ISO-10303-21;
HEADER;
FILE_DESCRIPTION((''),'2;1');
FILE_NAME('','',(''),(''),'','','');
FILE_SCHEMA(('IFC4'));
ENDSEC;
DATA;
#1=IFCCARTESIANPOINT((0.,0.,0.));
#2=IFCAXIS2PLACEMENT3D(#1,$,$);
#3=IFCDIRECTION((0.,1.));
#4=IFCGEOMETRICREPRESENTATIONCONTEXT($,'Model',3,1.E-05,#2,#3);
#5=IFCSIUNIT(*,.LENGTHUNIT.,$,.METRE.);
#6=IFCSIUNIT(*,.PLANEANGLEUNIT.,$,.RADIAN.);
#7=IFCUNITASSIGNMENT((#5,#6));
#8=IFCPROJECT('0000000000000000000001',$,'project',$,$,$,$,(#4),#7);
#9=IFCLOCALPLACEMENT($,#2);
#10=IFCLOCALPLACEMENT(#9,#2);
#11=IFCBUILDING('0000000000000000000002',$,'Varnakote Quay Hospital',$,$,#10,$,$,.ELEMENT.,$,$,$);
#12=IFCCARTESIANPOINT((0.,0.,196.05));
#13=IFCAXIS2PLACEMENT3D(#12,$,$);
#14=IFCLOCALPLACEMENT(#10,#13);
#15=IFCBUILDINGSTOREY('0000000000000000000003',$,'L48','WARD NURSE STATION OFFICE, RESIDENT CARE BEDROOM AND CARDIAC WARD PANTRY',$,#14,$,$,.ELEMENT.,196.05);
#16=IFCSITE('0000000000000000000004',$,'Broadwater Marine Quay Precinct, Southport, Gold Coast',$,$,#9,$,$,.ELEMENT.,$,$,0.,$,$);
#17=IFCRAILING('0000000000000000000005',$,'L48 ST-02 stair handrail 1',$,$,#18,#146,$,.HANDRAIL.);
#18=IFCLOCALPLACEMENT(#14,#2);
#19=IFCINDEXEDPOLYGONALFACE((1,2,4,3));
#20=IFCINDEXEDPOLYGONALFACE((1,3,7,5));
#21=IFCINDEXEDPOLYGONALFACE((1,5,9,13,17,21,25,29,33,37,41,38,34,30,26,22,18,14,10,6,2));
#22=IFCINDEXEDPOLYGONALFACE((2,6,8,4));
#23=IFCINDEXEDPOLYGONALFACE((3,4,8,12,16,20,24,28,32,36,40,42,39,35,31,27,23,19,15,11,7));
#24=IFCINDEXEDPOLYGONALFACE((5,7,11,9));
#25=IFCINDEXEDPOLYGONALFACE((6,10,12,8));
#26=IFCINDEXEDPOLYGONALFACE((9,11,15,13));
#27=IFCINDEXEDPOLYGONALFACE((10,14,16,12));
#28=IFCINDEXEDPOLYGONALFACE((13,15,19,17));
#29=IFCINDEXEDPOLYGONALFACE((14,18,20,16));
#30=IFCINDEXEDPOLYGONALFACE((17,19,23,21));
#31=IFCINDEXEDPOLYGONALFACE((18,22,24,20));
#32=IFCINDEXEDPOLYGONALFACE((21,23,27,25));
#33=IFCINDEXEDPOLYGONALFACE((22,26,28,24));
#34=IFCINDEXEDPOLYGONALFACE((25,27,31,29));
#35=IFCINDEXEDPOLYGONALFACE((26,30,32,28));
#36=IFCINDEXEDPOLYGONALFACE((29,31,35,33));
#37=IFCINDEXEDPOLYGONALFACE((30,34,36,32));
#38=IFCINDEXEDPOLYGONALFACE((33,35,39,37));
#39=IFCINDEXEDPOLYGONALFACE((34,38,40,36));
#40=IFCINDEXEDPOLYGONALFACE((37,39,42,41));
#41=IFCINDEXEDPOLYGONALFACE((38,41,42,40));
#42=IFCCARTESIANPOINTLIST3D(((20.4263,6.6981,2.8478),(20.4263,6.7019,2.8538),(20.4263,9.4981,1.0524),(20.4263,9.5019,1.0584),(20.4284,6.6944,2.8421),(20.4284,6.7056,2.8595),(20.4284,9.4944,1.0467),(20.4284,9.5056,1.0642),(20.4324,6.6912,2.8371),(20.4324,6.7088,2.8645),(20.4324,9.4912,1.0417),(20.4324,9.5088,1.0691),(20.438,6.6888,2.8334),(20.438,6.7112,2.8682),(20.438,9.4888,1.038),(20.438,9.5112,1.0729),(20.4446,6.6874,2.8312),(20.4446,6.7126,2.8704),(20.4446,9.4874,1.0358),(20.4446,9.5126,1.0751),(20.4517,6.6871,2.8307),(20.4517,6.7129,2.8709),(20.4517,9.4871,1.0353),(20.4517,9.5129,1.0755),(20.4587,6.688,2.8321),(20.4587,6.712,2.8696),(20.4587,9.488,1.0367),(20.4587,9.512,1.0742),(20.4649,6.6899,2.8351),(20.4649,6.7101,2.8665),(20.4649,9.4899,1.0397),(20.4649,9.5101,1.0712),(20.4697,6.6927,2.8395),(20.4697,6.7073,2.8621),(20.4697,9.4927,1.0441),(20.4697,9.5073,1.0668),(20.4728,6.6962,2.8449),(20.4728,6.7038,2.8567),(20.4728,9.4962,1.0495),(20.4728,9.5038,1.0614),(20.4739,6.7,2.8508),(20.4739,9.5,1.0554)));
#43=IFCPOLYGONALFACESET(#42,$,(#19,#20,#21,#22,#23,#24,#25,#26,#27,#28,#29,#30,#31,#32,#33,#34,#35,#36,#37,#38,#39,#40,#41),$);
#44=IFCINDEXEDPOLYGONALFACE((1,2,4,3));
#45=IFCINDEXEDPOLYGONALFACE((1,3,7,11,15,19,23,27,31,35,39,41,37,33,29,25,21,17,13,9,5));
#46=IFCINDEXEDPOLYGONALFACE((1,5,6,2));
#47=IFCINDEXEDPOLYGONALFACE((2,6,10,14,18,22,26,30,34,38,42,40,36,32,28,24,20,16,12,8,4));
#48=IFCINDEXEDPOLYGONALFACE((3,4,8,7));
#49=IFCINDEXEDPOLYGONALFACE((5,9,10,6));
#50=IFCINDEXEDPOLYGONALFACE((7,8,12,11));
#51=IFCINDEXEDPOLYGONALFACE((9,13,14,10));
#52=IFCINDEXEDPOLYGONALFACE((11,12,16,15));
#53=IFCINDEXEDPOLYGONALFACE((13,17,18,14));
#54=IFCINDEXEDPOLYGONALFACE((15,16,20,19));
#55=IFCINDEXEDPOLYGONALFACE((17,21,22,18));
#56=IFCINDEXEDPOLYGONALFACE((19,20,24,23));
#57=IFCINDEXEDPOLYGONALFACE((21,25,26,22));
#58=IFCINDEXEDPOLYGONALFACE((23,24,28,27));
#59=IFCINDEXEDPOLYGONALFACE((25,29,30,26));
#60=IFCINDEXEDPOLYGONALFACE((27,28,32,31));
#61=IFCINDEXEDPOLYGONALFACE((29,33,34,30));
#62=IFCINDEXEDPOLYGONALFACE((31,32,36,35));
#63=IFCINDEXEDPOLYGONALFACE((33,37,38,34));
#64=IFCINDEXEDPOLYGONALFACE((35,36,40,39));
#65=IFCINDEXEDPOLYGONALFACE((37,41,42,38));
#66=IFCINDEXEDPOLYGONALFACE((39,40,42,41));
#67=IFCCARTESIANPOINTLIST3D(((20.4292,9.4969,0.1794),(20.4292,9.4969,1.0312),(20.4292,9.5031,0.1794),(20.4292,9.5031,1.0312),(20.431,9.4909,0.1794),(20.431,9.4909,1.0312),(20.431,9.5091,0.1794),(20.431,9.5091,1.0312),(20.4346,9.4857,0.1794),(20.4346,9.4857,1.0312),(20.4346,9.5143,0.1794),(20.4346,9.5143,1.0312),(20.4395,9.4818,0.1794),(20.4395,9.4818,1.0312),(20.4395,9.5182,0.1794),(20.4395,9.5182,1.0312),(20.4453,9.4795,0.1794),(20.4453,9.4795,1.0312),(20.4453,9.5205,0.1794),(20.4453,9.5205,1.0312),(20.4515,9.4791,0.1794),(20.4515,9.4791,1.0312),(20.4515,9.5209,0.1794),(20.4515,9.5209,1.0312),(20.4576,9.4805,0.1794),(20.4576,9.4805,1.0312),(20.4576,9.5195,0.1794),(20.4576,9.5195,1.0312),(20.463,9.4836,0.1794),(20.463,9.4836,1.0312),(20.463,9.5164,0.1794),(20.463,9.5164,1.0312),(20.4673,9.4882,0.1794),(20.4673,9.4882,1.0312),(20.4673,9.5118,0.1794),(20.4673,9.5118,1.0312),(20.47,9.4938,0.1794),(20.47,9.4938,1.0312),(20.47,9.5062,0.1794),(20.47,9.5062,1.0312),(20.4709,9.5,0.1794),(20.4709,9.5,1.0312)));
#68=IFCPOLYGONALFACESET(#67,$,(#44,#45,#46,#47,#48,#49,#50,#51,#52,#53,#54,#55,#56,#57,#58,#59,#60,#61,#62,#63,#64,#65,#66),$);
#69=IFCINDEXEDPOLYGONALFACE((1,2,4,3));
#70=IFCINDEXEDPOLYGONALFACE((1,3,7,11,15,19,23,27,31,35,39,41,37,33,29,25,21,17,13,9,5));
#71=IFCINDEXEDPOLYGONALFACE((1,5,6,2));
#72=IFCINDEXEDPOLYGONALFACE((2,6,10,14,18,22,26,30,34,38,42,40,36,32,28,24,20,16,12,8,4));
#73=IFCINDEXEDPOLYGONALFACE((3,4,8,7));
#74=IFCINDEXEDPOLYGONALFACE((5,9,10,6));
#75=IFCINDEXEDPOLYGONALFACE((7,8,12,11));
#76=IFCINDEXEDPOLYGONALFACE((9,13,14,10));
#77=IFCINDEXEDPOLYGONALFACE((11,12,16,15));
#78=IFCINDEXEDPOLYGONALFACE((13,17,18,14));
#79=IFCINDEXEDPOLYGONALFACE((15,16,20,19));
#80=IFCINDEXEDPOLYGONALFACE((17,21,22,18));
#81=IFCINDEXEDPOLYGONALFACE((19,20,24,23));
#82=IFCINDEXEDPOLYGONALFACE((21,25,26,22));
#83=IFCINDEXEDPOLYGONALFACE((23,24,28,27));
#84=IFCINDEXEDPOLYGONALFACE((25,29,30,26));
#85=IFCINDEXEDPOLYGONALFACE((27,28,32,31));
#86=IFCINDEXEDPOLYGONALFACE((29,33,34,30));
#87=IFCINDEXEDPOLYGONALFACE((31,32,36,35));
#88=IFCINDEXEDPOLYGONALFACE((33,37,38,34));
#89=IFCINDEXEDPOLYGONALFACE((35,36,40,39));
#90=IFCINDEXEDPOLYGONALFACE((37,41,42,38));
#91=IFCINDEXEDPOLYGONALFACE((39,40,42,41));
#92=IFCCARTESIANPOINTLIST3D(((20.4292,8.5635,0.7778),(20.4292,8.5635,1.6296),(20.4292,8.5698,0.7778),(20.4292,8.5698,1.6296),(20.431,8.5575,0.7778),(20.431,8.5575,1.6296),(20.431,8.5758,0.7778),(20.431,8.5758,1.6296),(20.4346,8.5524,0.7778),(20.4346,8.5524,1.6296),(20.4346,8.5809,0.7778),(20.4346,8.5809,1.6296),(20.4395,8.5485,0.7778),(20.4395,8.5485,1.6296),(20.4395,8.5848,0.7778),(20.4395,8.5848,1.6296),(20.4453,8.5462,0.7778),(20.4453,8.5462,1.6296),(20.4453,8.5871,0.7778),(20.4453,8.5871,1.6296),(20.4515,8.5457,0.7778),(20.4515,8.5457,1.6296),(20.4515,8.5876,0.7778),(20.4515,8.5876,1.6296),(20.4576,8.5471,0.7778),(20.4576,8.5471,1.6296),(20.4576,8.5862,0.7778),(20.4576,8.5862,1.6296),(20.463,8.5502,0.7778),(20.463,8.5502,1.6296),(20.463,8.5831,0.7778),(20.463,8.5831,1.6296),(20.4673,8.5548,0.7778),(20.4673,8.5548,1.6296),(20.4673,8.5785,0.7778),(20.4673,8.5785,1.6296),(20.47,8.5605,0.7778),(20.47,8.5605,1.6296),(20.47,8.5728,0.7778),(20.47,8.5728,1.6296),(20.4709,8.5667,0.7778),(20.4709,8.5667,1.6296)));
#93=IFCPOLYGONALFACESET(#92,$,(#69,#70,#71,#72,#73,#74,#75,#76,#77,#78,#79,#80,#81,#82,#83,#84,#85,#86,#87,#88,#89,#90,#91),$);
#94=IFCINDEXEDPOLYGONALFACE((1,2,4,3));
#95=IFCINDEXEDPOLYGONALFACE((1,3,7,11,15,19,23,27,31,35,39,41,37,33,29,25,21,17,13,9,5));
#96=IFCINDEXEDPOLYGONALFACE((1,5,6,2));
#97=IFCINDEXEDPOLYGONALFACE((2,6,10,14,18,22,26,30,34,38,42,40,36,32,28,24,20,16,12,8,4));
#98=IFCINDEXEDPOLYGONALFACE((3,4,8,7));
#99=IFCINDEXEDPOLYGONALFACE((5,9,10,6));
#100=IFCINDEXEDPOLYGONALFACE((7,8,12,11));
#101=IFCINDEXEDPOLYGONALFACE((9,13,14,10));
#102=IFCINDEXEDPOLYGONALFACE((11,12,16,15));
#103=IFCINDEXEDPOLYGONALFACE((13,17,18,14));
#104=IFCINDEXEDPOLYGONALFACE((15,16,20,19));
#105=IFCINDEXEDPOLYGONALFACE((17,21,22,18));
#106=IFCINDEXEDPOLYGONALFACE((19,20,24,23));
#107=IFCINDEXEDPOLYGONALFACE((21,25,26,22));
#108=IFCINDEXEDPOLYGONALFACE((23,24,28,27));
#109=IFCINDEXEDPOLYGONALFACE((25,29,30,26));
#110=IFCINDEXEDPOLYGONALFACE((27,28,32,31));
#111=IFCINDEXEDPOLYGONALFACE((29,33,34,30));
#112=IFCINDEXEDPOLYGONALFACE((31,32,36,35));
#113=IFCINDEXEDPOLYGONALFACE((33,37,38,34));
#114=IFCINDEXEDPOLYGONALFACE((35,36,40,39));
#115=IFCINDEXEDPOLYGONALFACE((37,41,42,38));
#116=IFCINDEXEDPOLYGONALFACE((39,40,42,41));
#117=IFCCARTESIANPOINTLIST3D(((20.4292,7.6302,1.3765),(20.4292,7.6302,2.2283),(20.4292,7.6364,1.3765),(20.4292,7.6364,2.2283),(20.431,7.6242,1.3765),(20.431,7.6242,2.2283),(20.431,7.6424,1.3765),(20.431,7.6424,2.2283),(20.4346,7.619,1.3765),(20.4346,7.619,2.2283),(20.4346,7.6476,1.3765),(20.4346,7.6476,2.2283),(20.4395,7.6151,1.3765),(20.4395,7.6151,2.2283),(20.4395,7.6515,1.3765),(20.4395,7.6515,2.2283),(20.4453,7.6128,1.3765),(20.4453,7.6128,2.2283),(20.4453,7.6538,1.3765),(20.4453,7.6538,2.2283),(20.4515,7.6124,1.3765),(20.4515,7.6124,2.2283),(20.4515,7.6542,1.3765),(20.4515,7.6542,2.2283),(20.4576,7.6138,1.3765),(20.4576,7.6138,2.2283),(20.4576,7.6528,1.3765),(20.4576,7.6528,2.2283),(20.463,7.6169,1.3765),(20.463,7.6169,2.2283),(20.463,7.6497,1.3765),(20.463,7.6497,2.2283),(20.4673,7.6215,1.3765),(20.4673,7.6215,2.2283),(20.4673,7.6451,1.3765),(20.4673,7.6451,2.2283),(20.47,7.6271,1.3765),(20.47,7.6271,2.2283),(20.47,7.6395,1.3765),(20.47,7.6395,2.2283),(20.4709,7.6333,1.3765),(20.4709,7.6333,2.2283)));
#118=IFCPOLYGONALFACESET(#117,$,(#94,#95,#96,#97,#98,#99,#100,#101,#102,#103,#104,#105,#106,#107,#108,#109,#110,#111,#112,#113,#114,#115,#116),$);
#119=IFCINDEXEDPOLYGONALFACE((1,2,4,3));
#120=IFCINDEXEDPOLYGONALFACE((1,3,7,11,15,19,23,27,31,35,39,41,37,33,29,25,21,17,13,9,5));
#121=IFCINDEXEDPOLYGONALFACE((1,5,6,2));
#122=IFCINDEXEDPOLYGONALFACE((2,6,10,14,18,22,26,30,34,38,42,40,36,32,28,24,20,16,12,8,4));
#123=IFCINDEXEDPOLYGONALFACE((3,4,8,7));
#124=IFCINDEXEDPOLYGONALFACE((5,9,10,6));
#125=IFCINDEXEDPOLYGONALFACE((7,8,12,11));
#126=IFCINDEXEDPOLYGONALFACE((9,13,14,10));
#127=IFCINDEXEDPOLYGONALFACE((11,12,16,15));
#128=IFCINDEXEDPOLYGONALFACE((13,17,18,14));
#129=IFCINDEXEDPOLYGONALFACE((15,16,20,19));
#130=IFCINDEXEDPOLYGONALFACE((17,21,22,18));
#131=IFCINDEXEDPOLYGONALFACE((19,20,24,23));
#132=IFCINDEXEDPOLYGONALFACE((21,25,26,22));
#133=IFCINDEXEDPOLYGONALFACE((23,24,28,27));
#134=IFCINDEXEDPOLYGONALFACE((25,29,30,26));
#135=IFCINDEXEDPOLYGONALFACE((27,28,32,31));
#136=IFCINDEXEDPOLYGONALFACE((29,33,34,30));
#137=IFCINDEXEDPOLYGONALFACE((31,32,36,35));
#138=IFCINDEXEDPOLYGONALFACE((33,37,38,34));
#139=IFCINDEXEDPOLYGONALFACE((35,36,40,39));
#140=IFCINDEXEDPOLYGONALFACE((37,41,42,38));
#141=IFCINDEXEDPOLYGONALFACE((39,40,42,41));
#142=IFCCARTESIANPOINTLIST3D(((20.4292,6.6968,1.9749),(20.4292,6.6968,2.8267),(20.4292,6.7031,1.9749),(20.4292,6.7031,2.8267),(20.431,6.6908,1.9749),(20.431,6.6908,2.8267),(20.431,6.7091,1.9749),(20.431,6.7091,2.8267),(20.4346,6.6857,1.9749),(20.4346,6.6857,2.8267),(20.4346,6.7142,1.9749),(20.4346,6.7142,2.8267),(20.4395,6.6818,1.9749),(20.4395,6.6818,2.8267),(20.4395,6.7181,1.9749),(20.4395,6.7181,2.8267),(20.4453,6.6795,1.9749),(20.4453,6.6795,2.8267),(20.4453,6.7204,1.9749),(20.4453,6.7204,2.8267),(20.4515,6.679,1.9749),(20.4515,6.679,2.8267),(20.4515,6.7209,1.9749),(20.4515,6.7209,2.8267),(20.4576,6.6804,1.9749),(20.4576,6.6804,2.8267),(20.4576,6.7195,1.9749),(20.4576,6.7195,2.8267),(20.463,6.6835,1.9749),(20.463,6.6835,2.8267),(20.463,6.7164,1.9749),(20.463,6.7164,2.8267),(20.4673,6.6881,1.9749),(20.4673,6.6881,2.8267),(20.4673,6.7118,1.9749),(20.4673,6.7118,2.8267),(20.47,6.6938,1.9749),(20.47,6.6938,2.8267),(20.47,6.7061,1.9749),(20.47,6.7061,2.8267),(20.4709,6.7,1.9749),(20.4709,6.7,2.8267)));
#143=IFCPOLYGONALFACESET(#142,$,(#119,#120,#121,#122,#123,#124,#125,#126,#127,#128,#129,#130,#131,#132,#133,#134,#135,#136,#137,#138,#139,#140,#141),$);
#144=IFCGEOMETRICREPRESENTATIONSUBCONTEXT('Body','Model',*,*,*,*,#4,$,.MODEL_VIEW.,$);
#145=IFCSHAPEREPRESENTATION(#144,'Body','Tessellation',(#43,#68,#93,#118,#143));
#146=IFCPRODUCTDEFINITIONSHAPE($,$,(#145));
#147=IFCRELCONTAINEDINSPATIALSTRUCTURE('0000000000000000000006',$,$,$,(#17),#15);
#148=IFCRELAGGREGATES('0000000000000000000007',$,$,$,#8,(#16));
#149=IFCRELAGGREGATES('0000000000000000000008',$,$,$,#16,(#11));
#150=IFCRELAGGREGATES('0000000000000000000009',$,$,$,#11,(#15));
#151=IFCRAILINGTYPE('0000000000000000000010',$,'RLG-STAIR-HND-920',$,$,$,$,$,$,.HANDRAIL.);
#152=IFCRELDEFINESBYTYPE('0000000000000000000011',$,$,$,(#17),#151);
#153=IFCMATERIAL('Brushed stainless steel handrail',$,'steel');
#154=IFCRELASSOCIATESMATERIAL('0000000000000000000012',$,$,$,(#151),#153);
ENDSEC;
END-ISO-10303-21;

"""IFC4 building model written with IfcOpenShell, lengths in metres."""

from ifc_helpers import new_model, si_unit, direction, frame, origin, origin_2d, place, context, subcontext, project, spatial, circle, extrude, material, type_object, element, save


model = new_model("IFC4")

# Units and contexts
model_context = context("Model", 3, precision=1e-05, world=origin(), true_north=direction((0.0, 1.0)))
body_context = subcontext(model_context, "Body", "Model", "MODEL_VIEW")
ifc_project = project(units=[si_unit("LENGTHUNIT", "METRE"), si_unit("PLANEANGLEUNIT", "RADIAN")], contexts=[model_context])

# Site, building, storey
site_placement = place(None, origin())
site = spatial("IfcSite", under=ifc_project, at=site_placement, Name="Broadwater Marine Quay Precinct, Southport, Gold Coast", CompositionType="ELEMENT", RefElevation=0.0)
building_placement = place(site_placement, origin())
building = spatial("IfcBuilding", under=site, at=building_placement, Name="Varnakote Quay Hospital", CompositionType="ELEMENT")
storey_placement = place(building_placement, frame((0.0, 0.0, 196.05)))
storey = spatial("IfcBuildingStorey", under=building, at=storey_placement, Name="L48", Description="WARD NURSE STATION OFFICE, RESIDENT CARE BEDROOM AND CARDIAC WARD PANTRY", CompositionType="ELEMENT", Elevation=196.05)

# Railing
ifc_material_1 = material(Name="Brushed stainless steel handrail", Category="steel")
railing_type_1 = type_object("IfcRailingType", Name="RLG-STAIR-HND-920", PredefinedType="HANDRAIL", material=ifc_material_1)
railing_1_placement = place(storey_placement, frame((20.45, 9.5, 0.1794)))
element("IfcRailing", 1, at=railing_1_placement, inside=storey, type_object=railing_type_1, Name="L48 ST-02 stair handrail 1", PredefinedType="HANDRAIL", context=body_context, shape_type="SweptSolid", body=[
    extrude(circle(Radius=0.0239, at=origin_2d()), frame((0.0, 0.0, 0.876), z_axis=(0.0, -0.84181, 0.539774), x_axis=(1.0, 0.0, 0.0)), (0.0, 0.0, 1.0), 3.3262),
    extrude(circle(Radius=0.021, at=origin_2d()), origin(), (0.0, 0.0, 1.0), 0.8518),
    extrude(circle(Radius=0.021, at=origin_2d()), frame((0.0, -0.9333, 0.5984)), (0.0, 0.0, 1.0), 0.8518),
    extrude(circle(Radius=0.021, at=origin_2d()), frame((0.0, -1.8667, 1.197)), (0.0, 0.0, 1.0), 0.8518),
    extrude(circle(Radius=0.021, at=origin_2d()), frame((0.0, -2.8, 1.7954)), (0.0, 0.0, 1.0), 0.8518),
])

save(model, "model.ifc")
